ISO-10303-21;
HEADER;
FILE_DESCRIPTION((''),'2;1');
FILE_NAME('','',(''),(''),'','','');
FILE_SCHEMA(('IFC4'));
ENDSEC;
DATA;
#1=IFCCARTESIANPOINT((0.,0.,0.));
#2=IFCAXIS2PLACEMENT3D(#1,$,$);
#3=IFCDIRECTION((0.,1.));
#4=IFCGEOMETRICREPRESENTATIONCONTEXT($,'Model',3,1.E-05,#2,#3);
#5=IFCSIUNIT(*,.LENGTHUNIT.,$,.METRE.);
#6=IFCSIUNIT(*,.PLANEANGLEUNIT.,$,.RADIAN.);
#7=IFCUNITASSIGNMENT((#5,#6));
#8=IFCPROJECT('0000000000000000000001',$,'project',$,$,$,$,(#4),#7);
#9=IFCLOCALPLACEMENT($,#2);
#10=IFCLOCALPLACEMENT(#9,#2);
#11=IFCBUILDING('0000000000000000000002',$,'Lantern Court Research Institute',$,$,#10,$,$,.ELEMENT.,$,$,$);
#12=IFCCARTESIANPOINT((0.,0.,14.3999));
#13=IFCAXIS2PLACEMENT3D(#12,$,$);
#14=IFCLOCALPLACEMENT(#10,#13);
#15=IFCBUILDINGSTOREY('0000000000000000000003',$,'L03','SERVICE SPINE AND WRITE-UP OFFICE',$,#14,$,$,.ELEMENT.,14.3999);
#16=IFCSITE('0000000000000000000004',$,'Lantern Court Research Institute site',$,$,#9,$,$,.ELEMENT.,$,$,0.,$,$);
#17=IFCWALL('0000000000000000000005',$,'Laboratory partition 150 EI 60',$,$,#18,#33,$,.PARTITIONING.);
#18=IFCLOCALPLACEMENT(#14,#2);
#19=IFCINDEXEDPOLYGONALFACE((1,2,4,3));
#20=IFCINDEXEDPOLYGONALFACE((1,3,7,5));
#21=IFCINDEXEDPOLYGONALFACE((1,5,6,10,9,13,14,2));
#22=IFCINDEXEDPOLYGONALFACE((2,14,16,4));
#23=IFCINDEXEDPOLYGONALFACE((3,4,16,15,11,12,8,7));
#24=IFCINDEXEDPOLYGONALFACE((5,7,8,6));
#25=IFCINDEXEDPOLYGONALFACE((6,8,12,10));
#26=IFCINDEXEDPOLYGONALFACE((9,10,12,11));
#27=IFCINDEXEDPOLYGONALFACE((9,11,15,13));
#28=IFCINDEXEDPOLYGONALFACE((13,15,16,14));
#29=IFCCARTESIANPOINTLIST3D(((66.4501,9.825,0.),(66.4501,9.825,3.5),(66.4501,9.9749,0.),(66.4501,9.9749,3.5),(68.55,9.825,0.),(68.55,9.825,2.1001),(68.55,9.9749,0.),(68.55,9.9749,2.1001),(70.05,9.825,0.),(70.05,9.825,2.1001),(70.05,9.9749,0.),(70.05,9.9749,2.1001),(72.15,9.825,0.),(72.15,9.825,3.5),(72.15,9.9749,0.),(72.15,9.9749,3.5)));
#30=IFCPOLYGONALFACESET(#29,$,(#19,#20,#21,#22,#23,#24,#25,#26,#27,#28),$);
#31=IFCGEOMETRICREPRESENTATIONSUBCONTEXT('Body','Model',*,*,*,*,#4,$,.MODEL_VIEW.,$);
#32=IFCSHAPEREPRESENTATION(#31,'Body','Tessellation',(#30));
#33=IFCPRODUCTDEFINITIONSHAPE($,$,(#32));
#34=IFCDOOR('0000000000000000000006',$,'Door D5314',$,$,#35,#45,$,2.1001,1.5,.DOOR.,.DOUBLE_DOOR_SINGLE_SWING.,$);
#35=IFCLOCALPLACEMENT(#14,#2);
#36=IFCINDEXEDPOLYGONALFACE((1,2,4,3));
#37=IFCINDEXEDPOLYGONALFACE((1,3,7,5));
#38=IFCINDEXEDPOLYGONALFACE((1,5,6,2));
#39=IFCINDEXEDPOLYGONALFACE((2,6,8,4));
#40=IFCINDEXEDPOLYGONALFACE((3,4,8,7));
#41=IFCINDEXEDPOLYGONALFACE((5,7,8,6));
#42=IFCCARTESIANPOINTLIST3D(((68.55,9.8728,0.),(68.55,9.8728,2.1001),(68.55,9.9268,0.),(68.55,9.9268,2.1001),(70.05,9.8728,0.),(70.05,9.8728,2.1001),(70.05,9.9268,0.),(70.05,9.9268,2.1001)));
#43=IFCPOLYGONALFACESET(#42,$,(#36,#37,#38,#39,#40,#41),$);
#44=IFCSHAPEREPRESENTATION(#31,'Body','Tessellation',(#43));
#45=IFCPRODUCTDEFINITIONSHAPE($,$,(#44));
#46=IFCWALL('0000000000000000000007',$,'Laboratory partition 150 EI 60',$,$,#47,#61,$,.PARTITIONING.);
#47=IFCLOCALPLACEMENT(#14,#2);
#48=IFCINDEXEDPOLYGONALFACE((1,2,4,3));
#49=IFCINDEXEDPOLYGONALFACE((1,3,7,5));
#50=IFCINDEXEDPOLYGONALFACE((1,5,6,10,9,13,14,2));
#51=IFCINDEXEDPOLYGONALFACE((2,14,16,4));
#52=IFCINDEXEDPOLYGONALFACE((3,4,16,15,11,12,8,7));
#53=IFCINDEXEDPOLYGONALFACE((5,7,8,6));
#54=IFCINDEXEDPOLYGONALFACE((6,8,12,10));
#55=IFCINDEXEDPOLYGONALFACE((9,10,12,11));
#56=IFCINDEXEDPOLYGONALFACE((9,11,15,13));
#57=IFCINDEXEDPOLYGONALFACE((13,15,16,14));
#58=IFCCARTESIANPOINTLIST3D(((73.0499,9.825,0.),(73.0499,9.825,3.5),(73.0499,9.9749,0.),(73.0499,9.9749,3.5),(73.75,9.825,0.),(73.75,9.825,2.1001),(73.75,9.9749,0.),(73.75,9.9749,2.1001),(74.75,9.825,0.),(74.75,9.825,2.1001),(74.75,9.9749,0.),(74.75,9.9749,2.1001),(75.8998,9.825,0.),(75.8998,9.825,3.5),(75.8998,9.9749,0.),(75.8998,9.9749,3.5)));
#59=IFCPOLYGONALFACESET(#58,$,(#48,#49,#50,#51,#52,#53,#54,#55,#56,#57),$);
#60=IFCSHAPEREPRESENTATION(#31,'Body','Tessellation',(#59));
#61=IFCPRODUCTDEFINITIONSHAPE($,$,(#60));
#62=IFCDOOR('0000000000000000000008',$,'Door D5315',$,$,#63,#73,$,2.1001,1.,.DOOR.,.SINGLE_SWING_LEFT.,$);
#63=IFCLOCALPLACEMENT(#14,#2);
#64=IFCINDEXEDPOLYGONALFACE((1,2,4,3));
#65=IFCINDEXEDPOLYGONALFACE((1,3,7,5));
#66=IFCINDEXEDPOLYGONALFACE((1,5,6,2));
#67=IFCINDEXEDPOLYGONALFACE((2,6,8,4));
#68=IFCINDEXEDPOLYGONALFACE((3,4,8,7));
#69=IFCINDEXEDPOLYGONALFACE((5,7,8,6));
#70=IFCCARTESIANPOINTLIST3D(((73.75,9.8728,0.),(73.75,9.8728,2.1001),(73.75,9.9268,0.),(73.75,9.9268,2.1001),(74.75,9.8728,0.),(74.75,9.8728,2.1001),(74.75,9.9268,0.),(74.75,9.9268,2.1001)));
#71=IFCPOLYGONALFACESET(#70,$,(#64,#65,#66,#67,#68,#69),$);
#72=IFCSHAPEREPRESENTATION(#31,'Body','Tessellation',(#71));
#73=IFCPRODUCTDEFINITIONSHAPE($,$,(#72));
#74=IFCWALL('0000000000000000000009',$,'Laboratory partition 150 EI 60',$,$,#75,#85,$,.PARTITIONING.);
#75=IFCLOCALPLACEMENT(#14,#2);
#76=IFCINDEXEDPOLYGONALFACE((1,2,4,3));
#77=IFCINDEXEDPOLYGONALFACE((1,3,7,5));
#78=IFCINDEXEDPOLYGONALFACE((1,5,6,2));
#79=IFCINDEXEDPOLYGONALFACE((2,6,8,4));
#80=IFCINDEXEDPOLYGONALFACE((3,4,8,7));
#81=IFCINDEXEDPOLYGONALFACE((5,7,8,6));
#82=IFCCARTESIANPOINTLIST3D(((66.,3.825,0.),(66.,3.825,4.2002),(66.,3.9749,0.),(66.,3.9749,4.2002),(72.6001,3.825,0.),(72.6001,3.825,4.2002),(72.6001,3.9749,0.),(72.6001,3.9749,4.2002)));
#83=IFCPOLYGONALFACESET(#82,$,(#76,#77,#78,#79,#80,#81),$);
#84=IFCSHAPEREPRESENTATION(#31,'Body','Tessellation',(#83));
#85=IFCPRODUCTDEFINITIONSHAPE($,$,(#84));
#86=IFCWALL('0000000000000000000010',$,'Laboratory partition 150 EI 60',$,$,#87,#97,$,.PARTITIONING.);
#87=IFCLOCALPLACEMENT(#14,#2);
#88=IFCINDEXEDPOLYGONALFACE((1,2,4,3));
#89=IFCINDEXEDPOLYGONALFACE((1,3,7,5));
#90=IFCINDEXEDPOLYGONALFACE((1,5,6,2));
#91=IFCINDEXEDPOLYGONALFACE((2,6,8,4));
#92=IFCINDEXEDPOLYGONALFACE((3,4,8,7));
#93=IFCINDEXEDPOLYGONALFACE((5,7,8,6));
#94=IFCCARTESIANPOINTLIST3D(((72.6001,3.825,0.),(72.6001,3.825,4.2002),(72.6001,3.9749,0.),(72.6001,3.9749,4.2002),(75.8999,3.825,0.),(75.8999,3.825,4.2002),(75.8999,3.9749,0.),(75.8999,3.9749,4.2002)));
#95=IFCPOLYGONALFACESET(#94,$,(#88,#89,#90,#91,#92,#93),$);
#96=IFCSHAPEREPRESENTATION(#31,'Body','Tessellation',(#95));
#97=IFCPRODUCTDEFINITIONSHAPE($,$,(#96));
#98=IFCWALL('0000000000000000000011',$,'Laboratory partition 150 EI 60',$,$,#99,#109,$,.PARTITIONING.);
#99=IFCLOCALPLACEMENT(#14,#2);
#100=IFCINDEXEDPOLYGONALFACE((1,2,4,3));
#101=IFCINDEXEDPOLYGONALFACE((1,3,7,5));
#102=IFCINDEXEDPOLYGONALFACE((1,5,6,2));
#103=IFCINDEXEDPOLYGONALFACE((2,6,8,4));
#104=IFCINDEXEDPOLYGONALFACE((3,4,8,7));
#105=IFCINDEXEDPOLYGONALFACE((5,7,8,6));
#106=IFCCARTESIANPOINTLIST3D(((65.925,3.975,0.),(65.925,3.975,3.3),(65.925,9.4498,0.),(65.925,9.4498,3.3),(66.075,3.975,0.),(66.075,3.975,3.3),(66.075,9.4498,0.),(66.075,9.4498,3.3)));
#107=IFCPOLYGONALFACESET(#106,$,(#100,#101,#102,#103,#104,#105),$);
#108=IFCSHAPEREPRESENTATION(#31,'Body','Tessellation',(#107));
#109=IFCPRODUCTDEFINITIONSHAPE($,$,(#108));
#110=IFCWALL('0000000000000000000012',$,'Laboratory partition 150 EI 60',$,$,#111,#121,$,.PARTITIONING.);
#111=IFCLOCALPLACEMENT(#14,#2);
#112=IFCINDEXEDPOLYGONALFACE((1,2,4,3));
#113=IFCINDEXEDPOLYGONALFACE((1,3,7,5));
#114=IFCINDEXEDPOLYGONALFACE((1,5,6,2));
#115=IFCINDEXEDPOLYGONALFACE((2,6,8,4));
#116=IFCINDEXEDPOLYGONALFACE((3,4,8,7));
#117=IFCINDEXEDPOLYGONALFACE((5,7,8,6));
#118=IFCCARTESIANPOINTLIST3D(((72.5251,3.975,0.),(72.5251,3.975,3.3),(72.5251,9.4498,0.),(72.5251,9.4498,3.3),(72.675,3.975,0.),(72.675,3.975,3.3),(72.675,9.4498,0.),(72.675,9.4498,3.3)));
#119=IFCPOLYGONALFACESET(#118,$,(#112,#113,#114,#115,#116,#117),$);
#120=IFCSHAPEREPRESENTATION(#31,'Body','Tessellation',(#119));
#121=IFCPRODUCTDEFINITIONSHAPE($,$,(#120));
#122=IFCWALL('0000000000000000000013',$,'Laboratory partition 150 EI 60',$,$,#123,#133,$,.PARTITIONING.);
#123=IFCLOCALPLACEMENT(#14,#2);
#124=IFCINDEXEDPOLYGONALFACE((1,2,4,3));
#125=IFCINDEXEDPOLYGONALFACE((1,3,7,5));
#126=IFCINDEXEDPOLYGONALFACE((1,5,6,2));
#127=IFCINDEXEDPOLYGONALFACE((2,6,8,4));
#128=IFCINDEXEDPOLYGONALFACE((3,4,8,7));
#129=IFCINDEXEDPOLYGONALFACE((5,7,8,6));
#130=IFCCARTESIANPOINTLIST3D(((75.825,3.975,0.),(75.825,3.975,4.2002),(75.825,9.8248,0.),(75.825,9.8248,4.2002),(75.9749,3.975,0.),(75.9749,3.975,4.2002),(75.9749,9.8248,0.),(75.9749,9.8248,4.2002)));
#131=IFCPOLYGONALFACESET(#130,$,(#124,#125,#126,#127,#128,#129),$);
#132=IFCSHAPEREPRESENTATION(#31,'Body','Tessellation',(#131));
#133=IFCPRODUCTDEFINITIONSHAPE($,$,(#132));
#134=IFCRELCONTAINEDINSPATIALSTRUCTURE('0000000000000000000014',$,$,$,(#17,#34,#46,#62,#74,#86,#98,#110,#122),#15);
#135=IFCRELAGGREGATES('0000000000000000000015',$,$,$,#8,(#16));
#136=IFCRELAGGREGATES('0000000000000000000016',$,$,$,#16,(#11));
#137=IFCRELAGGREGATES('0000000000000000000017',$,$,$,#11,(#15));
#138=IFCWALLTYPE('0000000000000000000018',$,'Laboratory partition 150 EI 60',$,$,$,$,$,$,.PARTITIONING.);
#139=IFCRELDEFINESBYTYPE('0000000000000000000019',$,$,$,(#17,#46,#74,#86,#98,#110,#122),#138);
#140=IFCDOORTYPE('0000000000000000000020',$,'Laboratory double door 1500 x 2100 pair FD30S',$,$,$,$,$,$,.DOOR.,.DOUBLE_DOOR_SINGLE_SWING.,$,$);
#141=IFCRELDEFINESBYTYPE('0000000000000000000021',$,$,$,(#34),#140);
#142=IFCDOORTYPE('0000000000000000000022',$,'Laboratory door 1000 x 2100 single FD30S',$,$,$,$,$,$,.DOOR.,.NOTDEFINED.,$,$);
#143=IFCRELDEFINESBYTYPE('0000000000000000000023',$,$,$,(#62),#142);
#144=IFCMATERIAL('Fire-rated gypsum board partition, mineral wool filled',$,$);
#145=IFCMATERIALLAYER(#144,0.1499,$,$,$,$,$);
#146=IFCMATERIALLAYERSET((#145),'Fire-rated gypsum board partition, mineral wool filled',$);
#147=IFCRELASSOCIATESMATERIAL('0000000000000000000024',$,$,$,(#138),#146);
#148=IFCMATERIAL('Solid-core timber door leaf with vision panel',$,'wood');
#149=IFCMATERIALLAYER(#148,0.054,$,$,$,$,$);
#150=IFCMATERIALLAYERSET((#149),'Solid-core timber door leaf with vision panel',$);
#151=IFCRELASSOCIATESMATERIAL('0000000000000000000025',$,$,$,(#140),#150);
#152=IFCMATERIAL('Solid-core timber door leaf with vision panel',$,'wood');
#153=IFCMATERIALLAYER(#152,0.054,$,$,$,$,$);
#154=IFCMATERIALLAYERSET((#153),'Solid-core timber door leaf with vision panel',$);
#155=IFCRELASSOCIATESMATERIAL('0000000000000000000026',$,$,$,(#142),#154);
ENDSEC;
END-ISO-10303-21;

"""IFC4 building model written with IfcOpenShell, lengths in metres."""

from ifc_helpers import new_model, si_unit, direction, frame, frame_2d, origin, place, context, subcontext, project, spatial, rectangle, extrude, material, layer, layer_set, type_object, element, fill, save


model = new_model("IFC4")

# Units and contexts
model_context = context("Model", 3, precision=1e-05, world=origin(), true_north=direction((0.0, 1.0)))
body_context = subcontext(model_context, "Body", "Model", "MODEL_VIEW")
ifc_project = project(units=[si_unit("LENGTHUNIT", "METRE"), si_unit("PLANEANGLEUNIT", "RADIAN")], contexts=[model_context])

# Site, building, storey
site_placement = place(None, origin())
site = spatial("IfcSite", under=ifc_project, at=site_placement, Name="Lantern Court Research Institute site", CompositionType="ELEMENT", RefElevation=0.0)
building_placement = place(site_placement, origin())
building = spatial("IfcBuilding", under=site, at=building_placement, Name="Lantern Court Research Institute", CompositionType="ELEMENT")
storey_placement = place(building_placement, frame((0.0, 0.0, 14.3999)))
storey = spatial("IfcBuildingStorey", under=building, at=storey_placement, Name="L03", Description="SERVICE SPINE AND WRITE-UP OFFICE", CompositionType="ELEMENT", Elevation=14.3999)

# Shared definitions
ifc_material_1 = material(Name="Fire-rated gypsum board partition, mineral wool filled")
ifc_layer_1 = layer(ifc_material_1, 0.1499)
ifc_layer_set_1 = layer_set([ifc_layer_1], Name="Fire-rated gypsum board partition, mineral wool filled")
wall_type = type_object("IfcWallType", Name="Laboratory partition 150 EI 60", PredefinedType="PARTITIONING", material=ifc_layer_set_1)

# Walls, openings, doors
wall_1_placement = place(storey_placement, frame((66.45, 9.8999, 0.0), z_axis=(0.0, 0.0, 1.0), x_axis=(1.0, 0.0, 0.0)))
wall_1 = element("IfcWall", 1, at=wall_1_placement, inside=storey, type_object=wall_type, Name="Laboratory partition 150 EI 60", PredefinedType="PARTITIONING", context=body_context, shape_type="SweptSolid", body=[
    extrude(rectangle(XDim=5.7, YDim=0.1499, at=frame_2d((2.8501, 0.0))), origin(), (0.0, 0.0, 1.0), 3.5),
])
opening_1_placement = place(wall_1_placement, frame((2.1001, 0.0, 0.0)))
opening_1 = element("IfcOpeningElement", 2, at=opening_1_placement, cuts=wall_1, PredefinedType="OPENING", context=body_context, shape_type="SweptSolid", body=[
    extrude(rectangle(XDim=1.5, YDim=2.1001, at=frame_2d((0.75, 1.05))), frame((0.0, 0.085, 0.0), z_axis=(0.0, -1.0, 0.0), x_axis=(1.0, 0.0, 0.0)), (0.0, 0.0, 1.0), 0.1699),
])
ifc_material_2 = material(Name="Solid-core timber door leaf with vision panel", Category="wood")
ifc_layer_2 = layer(ifc_material_2, 0.054)
ifc_layer_set_2 = layer_set([ifc_layer_2], Name="Solid-core timber door leaf with vision panel")
door_type_1 = type_object("IfcDoorType", Name="Laboratory double door 1500 x 2100 pair FD30S", OperationType="DOUBLE_DOOR_SINGLE_SWING", PredefinedType="DOOR", material=ifc_layer_set_2)
door_1_placement = place(opening_1_placement, origin())
door_1 = element("IfcDoor", 3, at=door_1_placement, inside=storey, type_object=door_type_1, Name="Door D5314", OperationType="DOUBLE_DOOR_SINGLE_SWING", OverallHeight=2.1001, OverallWidth=1.5, PredefinedType="DOOR", context=body_context, shape_type="SweptSolid", body=[
    extrude(rectangle(XDim=1.5, YDim=2.1001, at=frame_2d((0.75, 1.05))), frame((0.0, 0.0269, 0.0), z_axis=(0.0, -1.0, 0.0), x_axis=(1.0, 0.0, 0.0)), (0.0, 0.0, 1.0), 0.054),
])
fill(opening_1, door_1)
wall_2_placement = place(storey_placement, frame((73.05, 9.8999, 0.0), z_axis=(0.0, 0.0, 1.0), x_axis=(1.0, 0.0, 0.0)))
wall_2 = element("IfcWall", 4, at=wall_2_placement, inside=storey, type_object=wall_type, Name="Laboratory partition 150 EI 60", PredefinedType="PARTITIONING", context=body_context, shape_type="SweptSolid", body=[
    extrude(rectangle(XDim=2.8499, YDim=0.1499, at=frame_2d((1.4248, 0.0))), origin(), (0.0, 0.0, 1.0), 3.5),
])
opening_2_placement = place(wall_2_placement, frame((0.7, 0.0, 0.0)))
opening_2 = element("IfcOpeningElement", 5, at=opening_2_placement, cuts=wall_2, PredefinedType="OPENING", context=body_context, shape_type="SweptSolid", body=[
    extrude(rectangle(XDim=1.0, YDim=2.1001, at=frame_2d((0.5, 1.05))), frame((0.0, 0.085, 0.0), z_axis=(0.0, -1.0, 0.0), x_axis=(1.0, 0.0, 0.0)), (0.0, 0.0, 1.0), 0.1699),
])
ifc_material_3 = material(Name="Solid-core timber door leaf with vision panel", Category="wood")
ifc_layer_3 = layer(ifc_material_3, 0.054)
ifc_layer_set_3 = layer_set([ifc_layer_3], Name="Solid-core timber door leaf with vision panel")
door_type_2 = type_object("IfcDoorType", Name="Laboratory door 1000 x 2100 single FD30S", OperationType="NOTDEFINED", PredefinedType="DOOR", material=ifc_layer_set_3)
door_2_placement = place(opening_2_placement, origin())
door_2 = element("IfcDoor", 6, at=door_2_placement, inside=storey, type_object=door_type_2, Name="Door D5315", OperationType="SINGLE_SWING_LEFT", OverallHeight=2.1001, OverallWidth=1.0, PredefinedType="DOOR", context=body_context, shape_type="SweptSolid", body=[
    extrude(rectangle(XDim=1.0, YDim=2.1001, at=frame_2d((0.5, 1.05))), frame((0.0, 0.0269, 0.0), z_axis=(0.0, -1.0, 0.0), x_axis=(1.0, 0.0, 0.0)), (0.0, 0.0, 1.0), 0.054),
])
fill(opening_2, door_2)

# Walls
wall_3_placement = place(storey_placement, frame((72.6001, 3.8999, 0.0), z_axis=(0.0, 0.0, 1.0), x_axis=(-1.0, 0.0, 0.0)))
element("IfcWall", 7, at=wall_3_placement, inside=storey, type_object=wall_type, Name="Laboratory partition 150 EI 60", PredefinedType="PARTITIONING", context=body_context, shape_type="SweptSolid", body=[
    extrude(rectangle(XDim=6.6001, YDim=0.1499, at=frame_2d((3.3, 0.0))), origin(), (0.0, 0.0, 1.0), 4.2002),
])
wall_4_placement = place(storey_placement, frame((75.8999, 3.8999, 0.0), z_axis=(0.0, 0.0, 1.0), x_axis=(-1.0, 0.0, 0.0)))
element("IfcWall", 8, at=wall_4_placement, inside=storey, type_object=wall_type, Name="Laboratory partition 150 EI 60", PredefinedType="PARTITIONING", context=body_context, shape_type="SweptSolid", body=[
    extrude(rectangle(XDim=3.2998, YDim=0.1499, at=frame_2d((1.6499, 0.0))), origin(), (0.0, 0.0, 1.0), 4.2002),
])
for number, where, z_axis, x_axis, name in (
    (9, (66.0, 3.9751, 0.0), (0.0, 0.0, 1.0), (0.0, 1.0, 0.0), "Laboratory partition 150 EI 60"),
    (10, (72.6001, 3.9751, 0.0), (0.0, 0.0, 1.0), (0.0, 1.0, 0.0), "Laboratory partition 150 EI 60"),
):
    element("IfcWall", number, at=place(storey_placement, frame(where, z_axis=z_axis, x_axis=x_axis)), inside=storey, type_object=wall_type, Name=name, PredefinedType="PARTITIONING", context=body_context, shape_type="SweptSolid", body=[
        extrude(rectangle(XDim=5.4749, YDim=0.1499, at=frame_2d((2.7373, 0.0))), origin(), (0.0, 0.0, 1.0), 3.3),
    ])
wall_5_placement = place(storey_placement, frame((75.8999, 3.9751, 0.0), z_axis=(0.0, 0.0, 1.0), x_axis=(0.0, 1.0, 0.0)))
element("IfcWall", 11, at=wall_5_placement, inside=storey, type_object=wall_type, Name="Laboratory partition 150 EI 60", PredefinedType="PARTITIONING", context=body_context, shape_type="SweptSolid", body=[
    extrude(rectangle(XDim=5.8499, YDim=0.1499, at=frame_2d((2.9248, 0.0))), origin(), (0.0, 0.0, 1.0), 4.2002),
])

save(model, "model.ifc")
